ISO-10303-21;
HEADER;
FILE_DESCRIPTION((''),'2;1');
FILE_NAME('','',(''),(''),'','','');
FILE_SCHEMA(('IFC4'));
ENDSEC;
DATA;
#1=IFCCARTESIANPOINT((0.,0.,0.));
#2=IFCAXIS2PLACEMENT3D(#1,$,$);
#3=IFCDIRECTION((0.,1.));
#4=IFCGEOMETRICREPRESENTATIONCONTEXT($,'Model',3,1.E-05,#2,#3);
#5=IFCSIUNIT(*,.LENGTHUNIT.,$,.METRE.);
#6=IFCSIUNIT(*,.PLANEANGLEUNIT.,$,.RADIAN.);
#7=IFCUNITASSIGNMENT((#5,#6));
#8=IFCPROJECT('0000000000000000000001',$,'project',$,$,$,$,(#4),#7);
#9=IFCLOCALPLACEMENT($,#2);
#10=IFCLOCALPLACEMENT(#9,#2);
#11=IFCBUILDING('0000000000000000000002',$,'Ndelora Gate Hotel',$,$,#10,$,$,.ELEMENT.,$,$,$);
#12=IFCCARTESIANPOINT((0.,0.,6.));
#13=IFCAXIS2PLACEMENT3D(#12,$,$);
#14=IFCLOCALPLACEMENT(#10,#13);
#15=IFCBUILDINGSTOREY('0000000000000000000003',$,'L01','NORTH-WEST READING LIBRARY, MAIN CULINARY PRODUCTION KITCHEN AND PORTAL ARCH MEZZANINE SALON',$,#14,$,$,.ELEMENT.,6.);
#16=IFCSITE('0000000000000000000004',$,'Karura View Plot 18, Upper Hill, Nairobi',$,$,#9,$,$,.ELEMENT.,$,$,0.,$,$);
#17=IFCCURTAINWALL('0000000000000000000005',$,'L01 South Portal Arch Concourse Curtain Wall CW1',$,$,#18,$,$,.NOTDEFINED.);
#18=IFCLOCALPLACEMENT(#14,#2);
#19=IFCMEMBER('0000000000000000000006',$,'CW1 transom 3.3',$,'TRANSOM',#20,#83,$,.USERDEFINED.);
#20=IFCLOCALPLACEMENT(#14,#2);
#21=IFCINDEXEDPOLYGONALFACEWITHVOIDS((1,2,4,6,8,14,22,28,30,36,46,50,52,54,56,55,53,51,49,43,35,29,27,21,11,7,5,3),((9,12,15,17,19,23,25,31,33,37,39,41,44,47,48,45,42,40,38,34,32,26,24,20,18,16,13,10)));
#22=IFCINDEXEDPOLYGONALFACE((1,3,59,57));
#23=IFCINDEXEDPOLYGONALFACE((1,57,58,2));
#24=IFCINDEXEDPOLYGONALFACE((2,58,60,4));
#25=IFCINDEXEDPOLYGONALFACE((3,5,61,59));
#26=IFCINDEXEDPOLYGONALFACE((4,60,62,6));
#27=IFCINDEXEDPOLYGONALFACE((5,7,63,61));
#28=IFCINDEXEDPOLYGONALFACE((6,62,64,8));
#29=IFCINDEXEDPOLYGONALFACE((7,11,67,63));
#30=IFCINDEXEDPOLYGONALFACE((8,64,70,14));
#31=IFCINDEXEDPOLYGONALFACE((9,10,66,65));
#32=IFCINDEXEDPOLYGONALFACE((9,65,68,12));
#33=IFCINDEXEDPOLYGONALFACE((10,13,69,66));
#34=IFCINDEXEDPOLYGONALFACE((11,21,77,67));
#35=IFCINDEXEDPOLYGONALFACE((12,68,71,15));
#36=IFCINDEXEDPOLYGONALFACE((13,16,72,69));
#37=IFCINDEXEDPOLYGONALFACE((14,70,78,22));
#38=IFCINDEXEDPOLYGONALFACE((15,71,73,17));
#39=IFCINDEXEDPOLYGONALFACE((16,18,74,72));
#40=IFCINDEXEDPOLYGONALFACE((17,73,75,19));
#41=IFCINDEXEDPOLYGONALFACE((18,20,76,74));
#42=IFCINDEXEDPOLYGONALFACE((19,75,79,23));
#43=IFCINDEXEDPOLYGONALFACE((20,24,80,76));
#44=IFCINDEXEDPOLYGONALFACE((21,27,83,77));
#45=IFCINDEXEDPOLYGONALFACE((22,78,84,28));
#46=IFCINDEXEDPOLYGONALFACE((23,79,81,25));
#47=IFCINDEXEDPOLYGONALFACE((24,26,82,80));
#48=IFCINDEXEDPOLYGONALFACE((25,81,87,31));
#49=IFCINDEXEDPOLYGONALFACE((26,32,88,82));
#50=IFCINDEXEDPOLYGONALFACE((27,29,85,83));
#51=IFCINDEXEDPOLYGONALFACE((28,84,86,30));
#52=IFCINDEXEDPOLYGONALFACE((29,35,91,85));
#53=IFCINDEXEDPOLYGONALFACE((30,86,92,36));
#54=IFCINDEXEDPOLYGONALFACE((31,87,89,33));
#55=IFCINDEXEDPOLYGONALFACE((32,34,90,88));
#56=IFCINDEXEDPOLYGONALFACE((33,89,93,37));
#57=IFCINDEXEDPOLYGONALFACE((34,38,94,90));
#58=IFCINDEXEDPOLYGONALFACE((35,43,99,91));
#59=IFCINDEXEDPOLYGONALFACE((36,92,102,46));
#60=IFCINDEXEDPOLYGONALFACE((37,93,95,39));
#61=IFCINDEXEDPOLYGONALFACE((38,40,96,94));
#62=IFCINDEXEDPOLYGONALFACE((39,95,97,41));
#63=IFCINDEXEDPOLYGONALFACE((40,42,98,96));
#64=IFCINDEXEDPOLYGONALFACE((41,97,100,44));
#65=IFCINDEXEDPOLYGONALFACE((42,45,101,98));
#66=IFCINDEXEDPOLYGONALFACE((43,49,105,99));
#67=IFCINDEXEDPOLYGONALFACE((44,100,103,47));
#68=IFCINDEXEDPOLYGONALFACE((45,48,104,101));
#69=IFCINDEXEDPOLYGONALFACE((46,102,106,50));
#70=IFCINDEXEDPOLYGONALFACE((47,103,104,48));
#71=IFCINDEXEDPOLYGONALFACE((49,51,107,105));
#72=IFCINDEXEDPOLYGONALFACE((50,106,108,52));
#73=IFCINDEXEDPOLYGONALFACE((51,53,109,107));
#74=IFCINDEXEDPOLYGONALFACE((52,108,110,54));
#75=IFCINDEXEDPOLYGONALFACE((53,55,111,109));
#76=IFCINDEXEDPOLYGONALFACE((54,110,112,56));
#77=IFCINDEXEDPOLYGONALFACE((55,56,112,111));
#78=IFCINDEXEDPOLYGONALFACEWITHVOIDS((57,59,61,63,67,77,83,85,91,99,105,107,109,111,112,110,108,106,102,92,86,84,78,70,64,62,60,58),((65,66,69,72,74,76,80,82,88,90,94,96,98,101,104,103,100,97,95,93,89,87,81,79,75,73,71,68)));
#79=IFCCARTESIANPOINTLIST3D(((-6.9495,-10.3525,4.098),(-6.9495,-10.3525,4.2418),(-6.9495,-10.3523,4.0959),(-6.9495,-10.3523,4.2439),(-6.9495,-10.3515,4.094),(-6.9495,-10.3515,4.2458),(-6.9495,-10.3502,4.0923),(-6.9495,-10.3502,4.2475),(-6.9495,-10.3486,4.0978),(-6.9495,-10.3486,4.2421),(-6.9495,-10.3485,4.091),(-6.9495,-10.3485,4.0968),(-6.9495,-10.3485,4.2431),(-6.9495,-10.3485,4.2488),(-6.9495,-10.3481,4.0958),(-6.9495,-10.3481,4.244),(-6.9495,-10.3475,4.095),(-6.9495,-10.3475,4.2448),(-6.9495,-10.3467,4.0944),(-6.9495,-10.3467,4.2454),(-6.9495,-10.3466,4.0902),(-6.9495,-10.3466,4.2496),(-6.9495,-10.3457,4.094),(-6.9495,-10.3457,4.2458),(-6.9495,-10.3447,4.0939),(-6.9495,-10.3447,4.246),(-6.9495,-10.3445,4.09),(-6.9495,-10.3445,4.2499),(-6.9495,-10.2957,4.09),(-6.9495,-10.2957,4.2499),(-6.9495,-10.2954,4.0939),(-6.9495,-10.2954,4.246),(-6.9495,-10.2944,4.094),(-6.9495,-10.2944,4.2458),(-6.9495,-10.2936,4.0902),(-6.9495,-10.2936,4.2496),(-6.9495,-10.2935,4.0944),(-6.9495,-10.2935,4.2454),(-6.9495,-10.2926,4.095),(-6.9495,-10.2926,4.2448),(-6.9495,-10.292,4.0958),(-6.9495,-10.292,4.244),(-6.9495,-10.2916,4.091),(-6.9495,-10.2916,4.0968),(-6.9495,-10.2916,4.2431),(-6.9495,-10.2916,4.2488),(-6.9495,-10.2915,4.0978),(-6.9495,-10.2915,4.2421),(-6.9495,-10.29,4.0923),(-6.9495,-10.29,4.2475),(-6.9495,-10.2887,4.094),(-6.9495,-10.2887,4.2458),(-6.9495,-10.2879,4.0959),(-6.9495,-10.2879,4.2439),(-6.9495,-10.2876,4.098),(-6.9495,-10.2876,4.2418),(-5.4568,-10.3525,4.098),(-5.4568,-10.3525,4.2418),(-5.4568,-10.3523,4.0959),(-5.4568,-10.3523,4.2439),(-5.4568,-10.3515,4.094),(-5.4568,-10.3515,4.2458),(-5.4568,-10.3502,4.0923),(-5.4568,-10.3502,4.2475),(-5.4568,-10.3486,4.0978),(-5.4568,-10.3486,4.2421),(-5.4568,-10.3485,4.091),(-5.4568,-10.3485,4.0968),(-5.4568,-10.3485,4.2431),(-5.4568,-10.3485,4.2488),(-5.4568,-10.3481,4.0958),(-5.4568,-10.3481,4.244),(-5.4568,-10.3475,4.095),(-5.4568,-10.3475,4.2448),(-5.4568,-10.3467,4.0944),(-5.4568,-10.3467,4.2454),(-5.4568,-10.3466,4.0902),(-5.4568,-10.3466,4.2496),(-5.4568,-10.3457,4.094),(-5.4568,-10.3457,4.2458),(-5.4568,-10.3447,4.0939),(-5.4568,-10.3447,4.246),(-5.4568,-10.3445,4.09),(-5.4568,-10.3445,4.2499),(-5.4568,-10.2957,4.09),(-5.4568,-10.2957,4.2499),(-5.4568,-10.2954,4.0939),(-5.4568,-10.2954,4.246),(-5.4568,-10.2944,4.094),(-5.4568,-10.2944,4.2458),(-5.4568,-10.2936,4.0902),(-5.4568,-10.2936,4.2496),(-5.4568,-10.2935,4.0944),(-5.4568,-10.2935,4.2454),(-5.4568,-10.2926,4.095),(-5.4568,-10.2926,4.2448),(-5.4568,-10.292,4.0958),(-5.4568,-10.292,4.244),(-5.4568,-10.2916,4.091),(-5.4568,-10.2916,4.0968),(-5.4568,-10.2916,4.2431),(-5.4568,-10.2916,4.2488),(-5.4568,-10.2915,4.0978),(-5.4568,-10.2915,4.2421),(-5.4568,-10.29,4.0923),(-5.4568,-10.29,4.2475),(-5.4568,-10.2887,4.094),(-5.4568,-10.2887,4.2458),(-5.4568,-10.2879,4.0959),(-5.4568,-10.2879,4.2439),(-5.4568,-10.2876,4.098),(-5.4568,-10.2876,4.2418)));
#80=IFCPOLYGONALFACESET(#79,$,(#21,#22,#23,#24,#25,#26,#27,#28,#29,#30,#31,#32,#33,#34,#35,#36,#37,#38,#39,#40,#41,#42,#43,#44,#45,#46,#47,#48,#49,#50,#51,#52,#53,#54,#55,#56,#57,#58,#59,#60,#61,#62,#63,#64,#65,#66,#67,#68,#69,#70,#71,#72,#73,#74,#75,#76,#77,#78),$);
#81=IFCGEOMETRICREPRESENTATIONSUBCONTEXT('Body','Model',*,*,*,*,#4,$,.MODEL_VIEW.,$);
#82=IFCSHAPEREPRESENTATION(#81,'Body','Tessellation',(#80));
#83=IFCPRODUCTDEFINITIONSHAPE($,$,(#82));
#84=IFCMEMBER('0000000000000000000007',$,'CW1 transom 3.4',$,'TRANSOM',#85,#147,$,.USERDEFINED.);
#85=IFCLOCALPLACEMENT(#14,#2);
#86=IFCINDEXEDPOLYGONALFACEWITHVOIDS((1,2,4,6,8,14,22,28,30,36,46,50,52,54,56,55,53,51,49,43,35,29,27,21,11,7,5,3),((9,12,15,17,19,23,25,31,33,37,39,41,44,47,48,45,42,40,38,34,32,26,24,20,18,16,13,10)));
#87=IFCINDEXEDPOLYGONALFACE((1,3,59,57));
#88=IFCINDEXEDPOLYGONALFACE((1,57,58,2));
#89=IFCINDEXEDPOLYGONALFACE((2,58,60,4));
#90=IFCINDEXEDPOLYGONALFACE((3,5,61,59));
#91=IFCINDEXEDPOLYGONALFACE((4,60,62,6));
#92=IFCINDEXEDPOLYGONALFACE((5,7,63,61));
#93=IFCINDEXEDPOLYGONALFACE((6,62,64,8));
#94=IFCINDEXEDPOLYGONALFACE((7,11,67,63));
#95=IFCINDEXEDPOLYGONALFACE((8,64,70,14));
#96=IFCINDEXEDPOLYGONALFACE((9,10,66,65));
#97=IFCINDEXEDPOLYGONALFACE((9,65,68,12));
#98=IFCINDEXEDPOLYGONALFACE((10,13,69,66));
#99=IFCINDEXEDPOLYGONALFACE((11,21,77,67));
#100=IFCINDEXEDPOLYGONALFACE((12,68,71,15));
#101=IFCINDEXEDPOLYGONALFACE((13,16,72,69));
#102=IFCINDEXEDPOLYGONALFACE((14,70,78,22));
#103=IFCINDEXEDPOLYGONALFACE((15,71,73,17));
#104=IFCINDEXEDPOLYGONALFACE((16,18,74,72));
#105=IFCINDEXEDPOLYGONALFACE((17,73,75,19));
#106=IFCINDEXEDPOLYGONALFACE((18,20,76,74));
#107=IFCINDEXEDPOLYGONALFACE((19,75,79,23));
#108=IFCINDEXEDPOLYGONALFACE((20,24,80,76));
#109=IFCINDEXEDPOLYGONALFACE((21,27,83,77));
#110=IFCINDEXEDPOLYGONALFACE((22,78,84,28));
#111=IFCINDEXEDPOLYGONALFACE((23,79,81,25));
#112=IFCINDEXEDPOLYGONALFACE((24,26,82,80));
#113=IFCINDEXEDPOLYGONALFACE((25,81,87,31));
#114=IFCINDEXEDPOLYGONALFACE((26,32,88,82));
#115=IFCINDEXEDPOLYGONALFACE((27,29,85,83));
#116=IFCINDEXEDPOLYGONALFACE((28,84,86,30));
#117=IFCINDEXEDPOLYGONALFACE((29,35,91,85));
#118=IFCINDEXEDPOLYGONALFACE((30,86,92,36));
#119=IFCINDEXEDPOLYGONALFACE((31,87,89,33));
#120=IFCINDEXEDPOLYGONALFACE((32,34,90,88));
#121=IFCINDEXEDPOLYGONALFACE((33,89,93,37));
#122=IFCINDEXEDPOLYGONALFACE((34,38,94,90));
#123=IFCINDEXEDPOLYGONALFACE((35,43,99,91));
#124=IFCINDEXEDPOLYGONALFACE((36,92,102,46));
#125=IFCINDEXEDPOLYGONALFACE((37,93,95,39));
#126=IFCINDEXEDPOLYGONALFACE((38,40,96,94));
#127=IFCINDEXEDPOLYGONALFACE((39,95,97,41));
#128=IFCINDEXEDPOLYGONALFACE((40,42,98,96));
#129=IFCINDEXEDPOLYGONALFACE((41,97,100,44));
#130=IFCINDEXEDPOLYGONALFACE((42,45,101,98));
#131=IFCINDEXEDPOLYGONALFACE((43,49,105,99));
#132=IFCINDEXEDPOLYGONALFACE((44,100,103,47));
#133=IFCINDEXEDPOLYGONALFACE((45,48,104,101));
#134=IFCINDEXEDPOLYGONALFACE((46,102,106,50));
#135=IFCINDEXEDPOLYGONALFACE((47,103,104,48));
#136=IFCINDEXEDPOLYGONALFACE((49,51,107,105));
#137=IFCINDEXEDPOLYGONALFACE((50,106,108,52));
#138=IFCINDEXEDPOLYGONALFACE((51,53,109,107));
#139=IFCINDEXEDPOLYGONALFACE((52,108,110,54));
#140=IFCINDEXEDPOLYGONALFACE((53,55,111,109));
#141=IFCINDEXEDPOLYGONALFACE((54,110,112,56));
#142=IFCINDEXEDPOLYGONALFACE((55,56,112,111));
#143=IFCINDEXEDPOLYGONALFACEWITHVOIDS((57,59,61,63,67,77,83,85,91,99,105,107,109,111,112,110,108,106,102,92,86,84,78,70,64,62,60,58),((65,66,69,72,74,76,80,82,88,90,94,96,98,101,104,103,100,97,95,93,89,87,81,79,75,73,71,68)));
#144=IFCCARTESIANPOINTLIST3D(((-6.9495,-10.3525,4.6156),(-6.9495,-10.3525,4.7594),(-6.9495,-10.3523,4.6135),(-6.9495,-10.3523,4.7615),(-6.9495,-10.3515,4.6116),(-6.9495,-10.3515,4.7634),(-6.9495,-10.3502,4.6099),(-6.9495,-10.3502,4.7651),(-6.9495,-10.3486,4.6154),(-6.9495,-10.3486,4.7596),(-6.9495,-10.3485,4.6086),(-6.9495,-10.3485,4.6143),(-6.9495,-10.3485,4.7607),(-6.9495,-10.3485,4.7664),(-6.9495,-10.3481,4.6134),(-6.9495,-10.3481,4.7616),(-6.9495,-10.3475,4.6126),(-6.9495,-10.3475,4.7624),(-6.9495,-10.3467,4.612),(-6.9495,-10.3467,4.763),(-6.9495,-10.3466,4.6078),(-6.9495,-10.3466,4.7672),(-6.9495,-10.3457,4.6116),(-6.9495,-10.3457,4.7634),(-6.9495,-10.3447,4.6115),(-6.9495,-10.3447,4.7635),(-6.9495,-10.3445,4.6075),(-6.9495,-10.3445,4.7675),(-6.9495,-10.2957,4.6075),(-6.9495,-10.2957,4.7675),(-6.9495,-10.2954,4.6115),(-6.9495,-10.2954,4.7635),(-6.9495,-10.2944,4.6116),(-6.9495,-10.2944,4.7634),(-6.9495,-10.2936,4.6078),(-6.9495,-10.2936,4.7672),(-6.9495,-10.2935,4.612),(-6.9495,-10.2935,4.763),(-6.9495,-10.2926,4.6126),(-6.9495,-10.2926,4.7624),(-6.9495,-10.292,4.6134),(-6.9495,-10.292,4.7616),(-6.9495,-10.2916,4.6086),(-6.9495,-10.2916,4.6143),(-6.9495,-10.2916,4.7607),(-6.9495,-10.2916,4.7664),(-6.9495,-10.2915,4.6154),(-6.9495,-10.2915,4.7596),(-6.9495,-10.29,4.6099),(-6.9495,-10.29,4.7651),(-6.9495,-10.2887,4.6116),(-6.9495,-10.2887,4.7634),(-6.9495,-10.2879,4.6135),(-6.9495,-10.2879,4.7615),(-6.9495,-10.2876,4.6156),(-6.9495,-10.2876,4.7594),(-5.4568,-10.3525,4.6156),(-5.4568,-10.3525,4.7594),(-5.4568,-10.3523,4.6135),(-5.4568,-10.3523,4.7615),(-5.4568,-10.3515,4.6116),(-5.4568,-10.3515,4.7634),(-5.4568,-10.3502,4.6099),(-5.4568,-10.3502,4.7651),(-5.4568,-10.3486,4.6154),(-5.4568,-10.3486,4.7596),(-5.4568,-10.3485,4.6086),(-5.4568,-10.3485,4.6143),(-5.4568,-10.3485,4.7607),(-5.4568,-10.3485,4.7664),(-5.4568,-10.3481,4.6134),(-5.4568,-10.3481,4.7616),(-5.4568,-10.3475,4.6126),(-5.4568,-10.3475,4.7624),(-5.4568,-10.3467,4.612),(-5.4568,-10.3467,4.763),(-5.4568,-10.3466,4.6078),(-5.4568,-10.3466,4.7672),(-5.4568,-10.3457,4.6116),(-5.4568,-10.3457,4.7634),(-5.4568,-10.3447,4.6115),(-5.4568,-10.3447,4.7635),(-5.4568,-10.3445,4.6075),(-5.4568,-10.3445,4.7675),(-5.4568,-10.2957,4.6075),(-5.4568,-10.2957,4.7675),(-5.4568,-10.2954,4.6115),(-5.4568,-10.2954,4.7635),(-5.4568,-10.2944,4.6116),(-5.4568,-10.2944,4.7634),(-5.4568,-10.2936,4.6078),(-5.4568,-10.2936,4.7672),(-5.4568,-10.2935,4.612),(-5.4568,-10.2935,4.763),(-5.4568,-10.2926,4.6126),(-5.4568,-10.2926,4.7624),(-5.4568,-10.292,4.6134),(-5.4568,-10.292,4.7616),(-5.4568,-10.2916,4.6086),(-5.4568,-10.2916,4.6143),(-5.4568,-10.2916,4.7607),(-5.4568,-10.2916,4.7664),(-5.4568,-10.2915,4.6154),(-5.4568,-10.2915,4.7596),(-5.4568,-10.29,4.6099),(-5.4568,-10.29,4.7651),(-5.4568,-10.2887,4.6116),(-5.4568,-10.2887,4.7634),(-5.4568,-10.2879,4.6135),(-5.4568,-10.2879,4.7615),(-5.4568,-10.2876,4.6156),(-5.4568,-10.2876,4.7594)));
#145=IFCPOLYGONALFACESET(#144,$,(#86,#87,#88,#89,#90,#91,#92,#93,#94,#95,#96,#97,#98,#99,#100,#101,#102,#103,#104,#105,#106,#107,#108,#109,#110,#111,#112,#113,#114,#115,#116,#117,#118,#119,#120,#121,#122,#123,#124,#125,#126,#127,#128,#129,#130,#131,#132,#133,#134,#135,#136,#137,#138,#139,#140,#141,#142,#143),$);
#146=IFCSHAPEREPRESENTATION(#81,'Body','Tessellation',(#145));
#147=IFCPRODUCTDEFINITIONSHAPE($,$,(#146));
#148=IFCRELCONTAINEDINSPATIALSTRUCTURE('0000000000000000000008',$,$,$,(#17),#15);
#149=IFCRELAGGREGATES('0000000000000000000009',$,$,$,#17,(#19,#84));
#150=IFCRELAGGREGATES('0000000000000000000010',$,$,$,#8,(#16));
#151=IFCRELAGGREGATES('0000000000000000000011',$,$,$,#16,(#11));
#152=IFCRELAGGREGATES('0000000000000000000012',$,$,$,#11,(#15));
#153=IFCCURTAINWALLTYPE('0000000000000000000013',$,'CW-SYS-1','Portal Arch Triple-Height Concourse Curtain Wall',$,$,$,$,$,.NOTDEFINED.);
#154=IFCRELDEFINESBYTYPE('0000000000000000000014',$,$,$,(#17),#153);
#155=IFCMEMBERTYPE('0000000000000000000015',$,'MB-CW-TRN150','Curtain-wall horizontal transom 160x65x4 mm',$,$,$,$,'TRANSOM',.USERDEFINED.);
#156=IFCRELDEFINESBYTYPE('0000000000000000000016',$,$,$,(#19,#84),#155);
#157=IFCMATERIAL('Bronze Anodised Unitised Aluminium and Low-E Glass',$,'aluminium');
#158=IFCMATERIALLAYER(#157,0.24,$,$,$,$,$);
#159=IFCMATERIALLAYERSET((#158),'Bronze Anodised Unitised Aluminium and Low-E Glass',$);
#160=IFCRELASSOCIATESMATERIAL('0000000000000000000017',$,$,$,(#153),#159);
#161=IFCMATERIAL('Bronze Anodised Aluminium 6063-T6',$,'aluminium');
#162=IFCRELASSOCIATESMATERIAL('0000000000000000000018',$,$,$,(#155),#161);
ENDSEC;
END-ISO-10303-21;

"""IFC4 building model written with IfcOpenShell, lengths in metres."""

from ifc_helpers import new_model, si_unit, direction, frame, origin, origin_2d, place, context, subcontext, project, spatial, hollow_rectangle, extrude, material, layer, layer_set, material_profile, profile_set, type_object, element, aggregate, save


model = new_model("IFC4")

# Units and contexts
model_context = context("Model", 3, precision=1e-05, world=origin(), true_north=direction((0.0, 1.0)))
body_context = subcontext(model_context, "Body", "Model", "MODEL_VIEW")
ifc_project = project(units=[si_unit("LENGTHUNIT", "METRE"), si_unit("PLANEANGLEUNIT", "RADIAN")], contexts=[model_context])

# Site, building, storey
site_placement = place(None, origin())
site = spatial("IfcSite", under=ifc_project, at=site_placement, Name="Karura View Plot 18, Upper Hill, Nairobi", CompositionType="ELEMENT", RefElevation=0.0)
building_placement = place(site_placement, origin())
building = spatial("IfcBuilding", under=site, at=building_placement, Name="Ndelora Gate Hotel", CompositionType="ELEMENT")
storey_placement = place(building_placement, frame((0.0, 0.0, 6.0)))
storey = spatial("IfcBuildingStorey", under=building, at=storey_placement, Name="L01", Description="NORTH-WEST READING LIBRARY, MAIN CULINARY PRODUCTION KITCHEN AND PORTAL ARCH MEZZANINE SALON", CompositionType="ELEMENT", Elevation=6.0)

# Curtain wall, members
ifc_material_1 = material(Name="Bronze Anodised Unitised Aluminium and Low-E Glass", Category="aluminium")
ifc_layer_1 = layer(ifc_material_1, 0.24)
ifc_layer_set_1 = layer_set([ifc_layer_1], Name="Bronze Anodised Unitised Aluminium and Low-E Glass")
curtain_wall_type = type_object("IfcCurtainWallType", Name="CW-SYS-1", Description="Portal Arch Triple-Height Concourse Curtain Wall", PredefinedType="NOTDEFINED", material=ifc_layer_set_1)
curtain_wall_placement = place(storey_placement, origin())
curtain_wall = element("IfcCurtainWall", 1, at=curtain_wall_placement, inside=storey, type_object=curtain_wall_type, Name="L01 South Portal Arch Concourse Curtain Wall CW1", PredefinedType="NOTDEFINED")
ifc_material_2 = material(Name="Bronze Anodised Aluminium 6063-T6", Category="aluminium")
ifc_material_profile_1 = material_profile(ifc_material_2, hollow_rectangle(XDim=0.0649, YDim=0.1599, WallThickness=0.0039, InnerFilletRadius=0.0039, OuterFilletRadius=0.0081, at=origin_2d()), Name="ALU 160x65x4")
ifc_profile_set_1 = profile_set([ifc_material_profile_1], Name="Bronze Anodised Aluminium 6063-T6")
member_type_1 = type_object("IfcMemberType", Name="MB-CW-TRN150", Description="Curtain-wall horizontal transom 160x65x4 mm", ElementType="TRANSOM", PredefinedType="USERDEFINED", material=ifc_profile_set_1)
member_1_placement = place(storey_placement, frame((-6.9495, -10.3201, 4.1699), z_axis=(1.0, 0.0, 0.0), x_axis=(0.0, 1.0, 0.0)))
member_1 = element("IfcMember", 2, at=member_1_placement, type_object=member_type_1, Name="CW1 transom 3.3", ObjectType="TRANSOM", PredefinedType="USERDEFINED", context=body_context, shape_type="SweptSolid", body=[
    extrude(hollow_rectangle(XDim=0.0649, YDim=0.1599, WallThickness=0.0039, InnerFilletRadius=0.0039, OuterFilletRadius=0.0081, at=origin_2d()), origin(), (0.0, 0.0, 1.0), 1.4927),
])
member_2_placement = place(storey_placement, frame((-6.9495, -10.3201, 4.6875), z_axis=(1.0, 0.0, 0.0), x_axis=(0.0, 1.0, 0.0)))
member_2 = element("IfcMember", 3, at=member_2_placement, type_object=member_type_1, Name="CW1 transom 3.4", ObjectType="TRANSOM", PredefinedType="USERDEFINED", context=body_context, shape_type="SweptSolid", body=[
    extrude(hollow_rectangle(XDim=0.0649, YDim=0.1599, WallThickness=0.0039, InnerFilletRadius=0.0039, OuterFilletRadius=0.0081, at=origin_2d()), origin(), (0.0, 0.0, 1.0), 1.4927),
])
aggregate(curtain_wall, [member_1, member_2])

save(model, "model.ifc")
